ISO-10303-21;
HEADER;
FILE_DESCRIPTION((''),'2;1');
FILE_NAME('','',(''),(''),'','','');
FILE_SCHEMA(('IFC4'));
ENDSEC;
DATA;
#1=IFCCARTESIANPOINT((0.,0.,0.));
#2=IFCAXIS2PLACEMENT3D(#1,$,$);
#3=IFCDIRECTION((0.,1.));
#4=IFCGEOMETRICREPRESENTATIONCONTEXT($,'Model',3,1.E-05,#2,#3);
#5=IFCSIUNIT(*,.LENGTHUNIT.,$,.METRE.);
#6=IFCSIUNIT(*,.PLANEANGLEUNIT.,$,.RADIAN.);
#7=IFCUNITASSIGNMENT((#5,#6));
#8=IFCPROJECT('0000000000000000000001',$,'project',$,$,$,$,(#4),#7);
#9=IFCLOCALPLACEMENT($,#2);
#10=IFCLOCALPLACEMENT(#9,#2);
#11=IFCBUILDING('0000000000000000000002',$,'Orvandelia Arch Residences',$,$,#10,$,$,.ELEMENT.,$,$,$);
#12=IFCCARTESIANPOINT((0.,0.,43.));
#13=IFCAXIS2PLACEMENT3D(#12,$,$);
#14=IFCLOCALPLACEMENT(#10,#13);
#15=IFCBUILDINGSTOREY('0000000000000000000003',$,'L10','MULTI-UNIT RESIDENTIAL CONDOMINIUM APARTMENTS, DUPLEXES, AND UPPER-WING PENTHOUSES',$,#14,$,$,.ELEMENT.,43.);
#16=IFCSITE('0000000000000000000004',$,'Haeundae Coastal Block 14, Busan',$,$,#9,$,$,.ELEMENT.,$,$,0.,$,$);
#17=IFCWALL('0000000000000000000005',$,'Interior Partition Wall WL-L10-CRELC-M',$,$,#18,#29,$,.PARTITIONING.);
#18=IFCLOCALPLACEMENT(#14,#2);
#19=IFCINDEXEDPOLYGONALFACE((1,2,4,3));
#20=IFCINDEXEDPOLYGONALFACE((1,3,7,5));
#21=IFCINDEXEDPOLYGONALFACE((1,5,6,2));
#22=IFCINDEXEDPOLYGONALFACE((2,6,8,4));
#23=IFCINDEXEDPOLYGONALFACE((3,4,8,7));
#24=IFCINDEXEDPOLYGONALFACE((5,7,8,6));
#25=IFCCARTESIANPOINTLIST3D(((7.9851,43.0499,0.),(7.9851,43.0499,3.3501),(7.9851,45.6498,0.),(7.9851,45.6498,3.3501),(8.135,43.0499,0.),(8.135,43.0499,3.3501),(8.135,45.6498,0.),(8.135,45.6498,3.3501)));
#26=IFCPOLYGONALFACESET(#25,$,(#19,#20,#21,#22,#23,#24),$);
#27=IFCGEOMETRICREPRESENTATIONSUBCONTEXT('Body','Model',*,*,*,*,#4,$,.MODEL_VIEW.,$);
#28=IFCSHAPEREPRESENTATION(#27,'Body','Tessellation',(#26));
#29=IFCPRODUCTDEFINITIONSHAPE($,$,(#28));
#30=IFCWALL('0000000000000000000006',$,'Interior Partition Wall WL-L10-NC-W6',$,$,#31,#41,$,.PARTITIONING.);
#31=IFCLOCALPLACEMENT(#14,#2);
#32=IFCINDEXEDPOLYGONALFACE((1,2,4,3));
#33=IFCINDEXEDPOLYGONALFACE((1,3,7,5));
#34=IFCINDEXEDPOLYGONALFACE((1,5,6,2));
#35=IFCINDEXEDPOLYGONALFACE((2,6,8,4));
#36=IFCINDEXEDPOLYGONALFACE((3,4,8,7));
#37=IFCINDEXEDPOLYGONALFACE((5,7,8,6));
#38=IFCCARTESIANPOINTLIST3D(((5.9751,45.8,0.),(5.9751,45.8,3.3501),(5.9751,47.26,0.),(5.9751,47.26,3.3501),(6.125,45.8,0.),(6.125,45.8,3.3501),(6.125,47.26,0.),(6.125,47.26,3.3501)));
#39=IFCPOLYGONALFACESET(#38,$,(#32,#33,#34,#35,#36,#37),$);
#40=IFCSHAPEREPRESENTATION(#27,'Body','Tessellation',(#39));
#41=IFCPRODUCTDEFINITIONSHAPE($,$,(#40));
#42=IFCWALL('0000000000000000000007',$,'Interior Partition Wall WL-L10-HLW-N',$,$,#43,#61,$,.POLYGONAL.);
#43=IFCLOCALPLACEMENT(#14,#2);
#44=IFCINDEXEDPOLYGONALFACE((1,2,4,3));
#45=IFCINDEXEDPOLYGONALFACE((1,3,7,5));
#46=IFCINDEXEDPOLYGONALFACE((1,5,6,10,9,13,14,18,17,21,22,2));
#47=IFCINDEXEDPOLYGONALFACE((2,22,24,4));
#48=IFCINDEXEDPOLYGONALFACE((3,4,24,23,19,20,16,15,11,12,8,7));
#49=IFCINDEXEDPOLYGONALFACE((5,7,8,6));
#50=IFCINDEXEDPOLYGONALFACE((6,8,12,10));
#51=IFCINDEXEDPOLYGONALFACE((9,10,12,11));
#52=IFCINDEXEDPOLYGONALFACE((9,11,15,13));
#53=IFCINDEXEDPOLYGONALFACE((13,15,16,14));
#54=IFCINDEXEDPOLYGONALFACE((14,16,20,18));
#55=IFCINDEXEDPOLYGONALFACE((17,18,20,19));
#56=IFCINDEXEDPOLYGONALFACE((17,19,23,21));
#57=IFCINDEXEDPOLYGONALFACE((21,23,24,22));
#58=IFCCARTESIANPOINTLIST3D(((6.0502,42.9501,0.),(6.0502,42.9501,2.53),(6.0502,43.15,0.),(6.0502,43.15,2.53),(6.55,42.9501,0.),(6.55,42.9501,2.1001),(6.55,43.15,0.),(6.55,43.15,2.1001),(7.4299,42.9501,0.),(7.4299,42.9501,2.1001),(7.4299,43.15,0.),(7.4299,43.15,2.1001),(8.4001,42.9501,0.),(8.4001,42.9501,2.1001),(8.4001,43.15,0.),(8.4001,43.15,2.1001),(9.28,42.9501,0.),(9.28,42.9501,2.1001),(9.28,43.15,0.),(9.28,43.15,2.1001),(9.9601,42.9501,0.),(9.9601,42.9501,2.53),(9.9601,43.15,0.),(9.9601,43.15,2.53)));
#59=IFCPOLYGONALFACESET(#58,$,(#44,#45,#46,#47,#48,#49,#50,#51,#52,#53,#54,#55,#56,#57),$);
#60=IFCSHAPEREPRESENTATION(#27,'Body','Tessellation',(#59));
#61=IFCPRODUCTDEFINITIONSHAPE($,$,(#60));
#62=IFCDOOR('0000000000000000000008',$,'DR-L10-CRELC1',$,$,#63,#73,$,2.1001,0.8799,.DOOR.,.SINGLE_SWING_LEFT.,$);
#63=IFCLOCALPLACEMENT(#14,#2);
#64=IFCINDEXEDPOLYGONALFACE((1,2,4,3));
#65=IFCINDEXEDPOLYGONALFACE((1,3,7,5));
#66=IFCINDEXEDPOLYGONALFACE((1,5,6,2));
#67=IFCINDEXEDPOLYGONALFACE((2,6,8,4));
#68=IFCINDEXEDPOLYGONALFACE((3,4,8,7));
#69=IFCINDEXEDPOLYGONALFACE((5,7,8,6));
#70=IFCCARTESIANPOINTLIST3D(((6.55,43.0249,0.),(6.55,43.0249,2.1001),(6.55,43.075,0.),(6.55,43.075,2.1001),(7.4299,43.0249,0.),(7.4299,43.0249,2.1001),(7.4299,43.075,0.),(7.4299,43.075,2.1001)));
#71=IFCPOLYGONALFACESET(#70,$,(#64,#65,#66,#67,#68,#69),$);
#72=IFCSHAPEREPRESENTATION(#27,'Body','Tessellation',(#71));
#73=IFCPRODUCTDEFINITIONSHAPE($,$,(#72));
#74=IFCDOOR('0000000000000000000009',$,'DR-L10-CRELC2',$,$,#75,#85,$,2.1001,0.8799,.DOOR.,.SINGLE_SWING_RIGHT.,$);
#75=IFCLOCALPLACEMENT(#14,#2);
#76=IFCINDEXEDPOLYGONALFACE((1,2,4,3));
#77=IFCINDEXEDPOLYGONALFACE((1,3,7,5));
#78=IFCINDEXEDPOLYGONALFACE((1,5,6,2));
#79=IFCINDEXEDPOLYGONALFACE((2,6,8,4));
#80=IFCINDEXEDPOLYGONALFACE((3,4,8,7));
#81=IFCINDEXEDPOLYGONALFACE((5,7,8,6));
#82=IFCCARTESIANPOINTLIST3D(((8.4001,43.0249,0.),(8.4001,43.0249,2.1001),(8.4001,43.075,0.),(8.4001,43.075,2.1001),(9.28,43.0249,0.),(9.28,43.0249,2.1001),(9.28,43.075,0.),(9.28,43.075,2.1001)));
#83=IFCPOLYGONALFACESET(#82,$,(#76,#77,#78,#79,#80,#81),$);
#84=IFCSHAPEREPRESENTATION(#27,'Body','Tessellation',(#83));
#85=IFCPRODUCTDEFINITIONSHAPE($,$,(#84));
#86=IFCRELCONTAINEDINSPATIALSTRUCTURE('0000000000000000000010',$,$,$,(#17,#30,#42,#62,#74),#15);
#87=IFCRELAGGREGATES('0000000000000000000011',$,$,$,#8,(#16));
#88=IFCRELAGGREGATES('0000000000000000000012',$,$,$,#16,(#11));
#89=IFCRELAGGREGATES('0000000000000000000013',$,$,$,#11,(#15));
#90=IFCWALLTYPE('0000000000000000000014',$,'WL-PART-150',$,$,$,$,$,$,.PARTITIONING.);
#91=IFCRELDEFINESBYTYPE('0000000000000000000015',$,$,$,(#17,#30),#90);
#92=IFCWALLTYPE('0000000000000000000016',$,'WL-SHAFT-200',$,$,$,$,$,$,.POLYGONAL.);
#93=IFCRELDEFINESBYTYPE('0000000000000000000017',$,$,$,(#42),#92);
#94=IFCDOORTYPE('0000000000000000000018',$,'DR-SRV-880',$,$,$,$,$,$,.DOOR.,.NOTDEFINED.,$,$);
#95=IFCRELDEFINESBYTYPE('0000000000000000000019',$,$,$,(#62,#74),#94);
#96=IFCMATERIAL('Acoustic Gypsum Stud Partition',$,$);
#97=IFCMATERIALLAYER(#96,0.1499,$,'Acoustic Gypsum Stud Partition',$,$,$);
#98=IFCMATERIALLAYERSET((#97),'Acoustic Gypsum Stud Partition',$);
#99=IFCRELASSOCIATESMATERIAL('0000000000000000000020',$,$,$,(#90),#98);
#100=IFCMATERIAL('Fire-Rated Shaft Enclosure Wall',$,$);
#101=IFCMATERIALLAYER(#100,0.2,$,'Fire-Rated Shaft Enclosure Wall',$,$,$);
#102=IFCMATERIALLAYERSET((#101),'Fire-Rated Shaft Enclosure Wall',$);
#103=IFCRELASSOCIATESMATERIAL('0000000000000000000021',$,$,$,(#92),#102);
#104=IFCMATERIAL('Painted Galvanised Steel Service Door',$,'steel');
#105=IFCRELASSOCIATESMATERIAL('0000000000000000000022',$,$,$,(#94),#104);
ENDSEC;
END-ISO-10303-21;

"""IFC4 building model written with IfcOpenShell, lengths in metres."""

from ifc_helpers import new_model, si_unit, direction, frame, frame_2d, origin, place, context, subcontext, project, spatial, rectangle, extrude, material, layer, layer_set, type_object, element, fill, save


model = new_model("IFC4")

# Units and contexts
model_context = context("Model", 3, precision=1e-05, world=origin(), true_north=direction((0.0, 1.0)))
body_context = subcontext(model_context, "Body", "Model", "MODEL_VIEW")
ifc_project = project(units=[si_unit("LENGTHUNIT", "METRE"), si_unit("PLANEANGLEUNIT", "RADIAN")], contexts=[model_context])

# Site, building, storey
site_placement = place(None, origin())
site = spatial("IfcSite", under=ifc_project, at=site_placement, Name="Haeundae Coastal Block 14, Busan", CompositionType="ELEMENT", RefElevation=0.0)
building_placement = place(site_placement, origin())
building = spatial("IfcBuilding", under=site, at=building_placement, Name="Orvandelia Arch Residences", CompositionType="ELEMENT")
storey_placement = place(building_placement, frame((0.0, 0.0, 43.0)))
storey = spatial("IfcBuildingStorey", under=building, at=storey_placement, Name="L10", Description="MULTI-UNIT RESIDENTIAL CONDOMINIUM APARTMENTS, DUPLEXES, AND UPPER-WING PENTHOUSES", CompositionType="ELEMENT", Elevation=43.0)

# Walls
ifc_material_1 = material(Name="Acoustic Gypsum Stud Partition")
ifc_layer_1 = layer(ifc_material_1, 0.1499, Name="Acoustic Gypsum Stud Partition")
ifc_layer_set_1 = layer_set([ifc_layer_1], Name="Acoustic Gypsum Stud Partition")
wall_type_1 = type_object("IfcWallType", Name="WL-PART-150", PredefinedType="PARTITIONING", material=ifc_layer_set_1)
wall_1_placement = place(storey_placement, frame((8.0601, 43.05, 0.0), z_axis=(0.0, 0.0, 1.0), x_axis=(0.0, 1.0, 0.0)))
element("IfcWall", 1, at=wall_1_placement, inside=storey, type_object=wall_type_1, Name="Interior Partition Wall WL-L10-CRELC-M", PredefinedType="PARTITIONING", context=body_context, shape_type="SweptSolid", body=[
    extrude(rectangle(XDim=2.5999, YDim=0.1499, at=frame_2d((1.2998, 0.0))), origin(), (0.0, 0.0, 1.0), 3.3501),
])
wall_2_placement = place(storey_placement, frame((6.05, 45.8, 0.0), z_axis=(0.0, 0.0, 1.0), x_axis=(0.0, 1.0, 0.0)))
element("IfcWall", 2, at=wall_2_placement, inside=storey, type_object=wall_type_1, Name="Interior Partition Wall WL-L10-NC-W6", PredefinedType="PARTITIONING", context=body_context, shape_type="SweptSolid", body=[
    extrude(rectangle(XDim=1.46, YDim=0.1499, at=frame_2d((0.73, 0.0))), origin(), (0.0, 0.0, 1.0), 3.3501),
])

# Wall, openings, doors
ifc_material_2 = material(Name="Fire-Rated Shaft Enclosure Wall")
ifc_layer_2 = layer(ifc_material_2, 0.2, Name="Fire-Rated Shaft Enclosure Wall")
ifc_layer_set_2 = layer_set([ifc_layer_2], Name="Fire-Rated Shaft Enclosure Wall")
wall_type_2 = type_object("IfcWallType", Name="WL-SHAFT-200", PredefinedType="POLYGONAL", material=ifc_layer_set_2)
wall_3_placement = place(storey_placement, frame((6.05, 43.05, 0.0), z_axis=(0.0, 0.0, 1.0), x_axis=(1.0, 0.0, 0.0)))
wall_3 = element("IfcWall", 3, at=wall_3_placement, inside=storey, type_object=wall_type_2, Name="Interior Partition Wall WL-L10-HLW-N", PredefinedType="POLYGONAL", context=body_context, shape_type="SweptSolid", body=[
    extrude(rectangle(XDim=3.9099, YDim=0.2, at=frame_2d((1.9551, 0.0))), origin(), (0.0, 0.0, 1.0), 2.53),
])
opening_1_placement = place(wall_3_placement, frame((0.5, 0.0, 0.0)))
opening_1 = element("IfcOpeningElement", 4, at=opening_1_placement, cuts=wall_3, PredefinedType="OPENING", context=body_context, shape_type="SweptSolid", body=[
    extrude(rectangle(XDim=0.8799, YDim=2.1001, at=frame_2d((0.4399, 1.05))), frame((0.0, 0.1099, 0.0), z_axis=(0.0, -1.0, 0.0), x_axis=(1.0, 0.0, 0.0)), (0.0, 0.0, 1.0), 0.22),
])
opening_2_placement = place(wall_3_placement, frame((2.3501, 0.0, 0.0)))
opening_2 = element("IfcOpeningElement", 5, at=opening_2_placement, cuts=wall_3, PredefinedType="OPENING", context=body_context, shape_type="SweptSolid", body=[
    extrude(rectangle(XDim=0.8799, YDim=2.1001, at=frame_2d((0.4399, 1.05))), frame((0.0, 0.1099, 0.0), z_axis=(0.0, -1.0, 0.0), x_axis=(1.0, 0.0, 0.0)), (0.0, 0.0, 1.0), 0.22),
])
ifc_material_3 = material(Name="Painted Galvanised Steel Service Door", Category="steel")
door_type = type_object("IfcDoorType", Name="DR-SRV-880", OperationType="NOTDEFINED", PredefinedType="DOOR", material=ifc_material_3)
door_1_placement = place(opening_1_placement, origin())
door_1 = element("IfcDoor", 6, at=door_1_placement, inside=storey, type_object=door_type, Name="DR-L10-CRELC1", OperationType="SINGLE_SWING_LEFT", OverallHeight=2.1001, OverallWidth=0.8799, PredefinedType="DOOR", context=body_context, shape_type="SweptSolid", body=[
    extrude(rectangle(XDim=0.8799, YDim=2.1001, at=frame_2d((0.4399, 1.05))), frame((0.0, 0.0249, 0.0), z_axis=(0.0, -1.0, 0.0), x_axis=(1.0, 0.0, 0.0)), (0.0, 0.0, 1.0), 0.05),
])
fill(opening_1, door_1)
door_2_placement = place(opening_2_placement, origin())
door_2 = element("IfcDoor", 7, at=door_2_placement, inside=storey, type_object=door_type, Name="DR-L10-CRELC2", OperationType="SINGLE_SWING_RIGHT", OverallHeight=2.1001, OverallWidth=0.8799, PredefinedType="DOOR", context=body_context, shape_type="SweptSolid", body=[
    extrude(rectangle(XDim=0.8799, YDim=2.1001, at=frame_2d((0.4399, 1.05))), frame((0.0, 0.0249, 0.0), z_axis=(0.0, -1.0, 0.0), x_axis=(1.0, 0.0, 0.0)), (0.0, 0.0, 1.0), 0.05),
])
fill(opening_2, door_2)

save(model, "model.ifc")
